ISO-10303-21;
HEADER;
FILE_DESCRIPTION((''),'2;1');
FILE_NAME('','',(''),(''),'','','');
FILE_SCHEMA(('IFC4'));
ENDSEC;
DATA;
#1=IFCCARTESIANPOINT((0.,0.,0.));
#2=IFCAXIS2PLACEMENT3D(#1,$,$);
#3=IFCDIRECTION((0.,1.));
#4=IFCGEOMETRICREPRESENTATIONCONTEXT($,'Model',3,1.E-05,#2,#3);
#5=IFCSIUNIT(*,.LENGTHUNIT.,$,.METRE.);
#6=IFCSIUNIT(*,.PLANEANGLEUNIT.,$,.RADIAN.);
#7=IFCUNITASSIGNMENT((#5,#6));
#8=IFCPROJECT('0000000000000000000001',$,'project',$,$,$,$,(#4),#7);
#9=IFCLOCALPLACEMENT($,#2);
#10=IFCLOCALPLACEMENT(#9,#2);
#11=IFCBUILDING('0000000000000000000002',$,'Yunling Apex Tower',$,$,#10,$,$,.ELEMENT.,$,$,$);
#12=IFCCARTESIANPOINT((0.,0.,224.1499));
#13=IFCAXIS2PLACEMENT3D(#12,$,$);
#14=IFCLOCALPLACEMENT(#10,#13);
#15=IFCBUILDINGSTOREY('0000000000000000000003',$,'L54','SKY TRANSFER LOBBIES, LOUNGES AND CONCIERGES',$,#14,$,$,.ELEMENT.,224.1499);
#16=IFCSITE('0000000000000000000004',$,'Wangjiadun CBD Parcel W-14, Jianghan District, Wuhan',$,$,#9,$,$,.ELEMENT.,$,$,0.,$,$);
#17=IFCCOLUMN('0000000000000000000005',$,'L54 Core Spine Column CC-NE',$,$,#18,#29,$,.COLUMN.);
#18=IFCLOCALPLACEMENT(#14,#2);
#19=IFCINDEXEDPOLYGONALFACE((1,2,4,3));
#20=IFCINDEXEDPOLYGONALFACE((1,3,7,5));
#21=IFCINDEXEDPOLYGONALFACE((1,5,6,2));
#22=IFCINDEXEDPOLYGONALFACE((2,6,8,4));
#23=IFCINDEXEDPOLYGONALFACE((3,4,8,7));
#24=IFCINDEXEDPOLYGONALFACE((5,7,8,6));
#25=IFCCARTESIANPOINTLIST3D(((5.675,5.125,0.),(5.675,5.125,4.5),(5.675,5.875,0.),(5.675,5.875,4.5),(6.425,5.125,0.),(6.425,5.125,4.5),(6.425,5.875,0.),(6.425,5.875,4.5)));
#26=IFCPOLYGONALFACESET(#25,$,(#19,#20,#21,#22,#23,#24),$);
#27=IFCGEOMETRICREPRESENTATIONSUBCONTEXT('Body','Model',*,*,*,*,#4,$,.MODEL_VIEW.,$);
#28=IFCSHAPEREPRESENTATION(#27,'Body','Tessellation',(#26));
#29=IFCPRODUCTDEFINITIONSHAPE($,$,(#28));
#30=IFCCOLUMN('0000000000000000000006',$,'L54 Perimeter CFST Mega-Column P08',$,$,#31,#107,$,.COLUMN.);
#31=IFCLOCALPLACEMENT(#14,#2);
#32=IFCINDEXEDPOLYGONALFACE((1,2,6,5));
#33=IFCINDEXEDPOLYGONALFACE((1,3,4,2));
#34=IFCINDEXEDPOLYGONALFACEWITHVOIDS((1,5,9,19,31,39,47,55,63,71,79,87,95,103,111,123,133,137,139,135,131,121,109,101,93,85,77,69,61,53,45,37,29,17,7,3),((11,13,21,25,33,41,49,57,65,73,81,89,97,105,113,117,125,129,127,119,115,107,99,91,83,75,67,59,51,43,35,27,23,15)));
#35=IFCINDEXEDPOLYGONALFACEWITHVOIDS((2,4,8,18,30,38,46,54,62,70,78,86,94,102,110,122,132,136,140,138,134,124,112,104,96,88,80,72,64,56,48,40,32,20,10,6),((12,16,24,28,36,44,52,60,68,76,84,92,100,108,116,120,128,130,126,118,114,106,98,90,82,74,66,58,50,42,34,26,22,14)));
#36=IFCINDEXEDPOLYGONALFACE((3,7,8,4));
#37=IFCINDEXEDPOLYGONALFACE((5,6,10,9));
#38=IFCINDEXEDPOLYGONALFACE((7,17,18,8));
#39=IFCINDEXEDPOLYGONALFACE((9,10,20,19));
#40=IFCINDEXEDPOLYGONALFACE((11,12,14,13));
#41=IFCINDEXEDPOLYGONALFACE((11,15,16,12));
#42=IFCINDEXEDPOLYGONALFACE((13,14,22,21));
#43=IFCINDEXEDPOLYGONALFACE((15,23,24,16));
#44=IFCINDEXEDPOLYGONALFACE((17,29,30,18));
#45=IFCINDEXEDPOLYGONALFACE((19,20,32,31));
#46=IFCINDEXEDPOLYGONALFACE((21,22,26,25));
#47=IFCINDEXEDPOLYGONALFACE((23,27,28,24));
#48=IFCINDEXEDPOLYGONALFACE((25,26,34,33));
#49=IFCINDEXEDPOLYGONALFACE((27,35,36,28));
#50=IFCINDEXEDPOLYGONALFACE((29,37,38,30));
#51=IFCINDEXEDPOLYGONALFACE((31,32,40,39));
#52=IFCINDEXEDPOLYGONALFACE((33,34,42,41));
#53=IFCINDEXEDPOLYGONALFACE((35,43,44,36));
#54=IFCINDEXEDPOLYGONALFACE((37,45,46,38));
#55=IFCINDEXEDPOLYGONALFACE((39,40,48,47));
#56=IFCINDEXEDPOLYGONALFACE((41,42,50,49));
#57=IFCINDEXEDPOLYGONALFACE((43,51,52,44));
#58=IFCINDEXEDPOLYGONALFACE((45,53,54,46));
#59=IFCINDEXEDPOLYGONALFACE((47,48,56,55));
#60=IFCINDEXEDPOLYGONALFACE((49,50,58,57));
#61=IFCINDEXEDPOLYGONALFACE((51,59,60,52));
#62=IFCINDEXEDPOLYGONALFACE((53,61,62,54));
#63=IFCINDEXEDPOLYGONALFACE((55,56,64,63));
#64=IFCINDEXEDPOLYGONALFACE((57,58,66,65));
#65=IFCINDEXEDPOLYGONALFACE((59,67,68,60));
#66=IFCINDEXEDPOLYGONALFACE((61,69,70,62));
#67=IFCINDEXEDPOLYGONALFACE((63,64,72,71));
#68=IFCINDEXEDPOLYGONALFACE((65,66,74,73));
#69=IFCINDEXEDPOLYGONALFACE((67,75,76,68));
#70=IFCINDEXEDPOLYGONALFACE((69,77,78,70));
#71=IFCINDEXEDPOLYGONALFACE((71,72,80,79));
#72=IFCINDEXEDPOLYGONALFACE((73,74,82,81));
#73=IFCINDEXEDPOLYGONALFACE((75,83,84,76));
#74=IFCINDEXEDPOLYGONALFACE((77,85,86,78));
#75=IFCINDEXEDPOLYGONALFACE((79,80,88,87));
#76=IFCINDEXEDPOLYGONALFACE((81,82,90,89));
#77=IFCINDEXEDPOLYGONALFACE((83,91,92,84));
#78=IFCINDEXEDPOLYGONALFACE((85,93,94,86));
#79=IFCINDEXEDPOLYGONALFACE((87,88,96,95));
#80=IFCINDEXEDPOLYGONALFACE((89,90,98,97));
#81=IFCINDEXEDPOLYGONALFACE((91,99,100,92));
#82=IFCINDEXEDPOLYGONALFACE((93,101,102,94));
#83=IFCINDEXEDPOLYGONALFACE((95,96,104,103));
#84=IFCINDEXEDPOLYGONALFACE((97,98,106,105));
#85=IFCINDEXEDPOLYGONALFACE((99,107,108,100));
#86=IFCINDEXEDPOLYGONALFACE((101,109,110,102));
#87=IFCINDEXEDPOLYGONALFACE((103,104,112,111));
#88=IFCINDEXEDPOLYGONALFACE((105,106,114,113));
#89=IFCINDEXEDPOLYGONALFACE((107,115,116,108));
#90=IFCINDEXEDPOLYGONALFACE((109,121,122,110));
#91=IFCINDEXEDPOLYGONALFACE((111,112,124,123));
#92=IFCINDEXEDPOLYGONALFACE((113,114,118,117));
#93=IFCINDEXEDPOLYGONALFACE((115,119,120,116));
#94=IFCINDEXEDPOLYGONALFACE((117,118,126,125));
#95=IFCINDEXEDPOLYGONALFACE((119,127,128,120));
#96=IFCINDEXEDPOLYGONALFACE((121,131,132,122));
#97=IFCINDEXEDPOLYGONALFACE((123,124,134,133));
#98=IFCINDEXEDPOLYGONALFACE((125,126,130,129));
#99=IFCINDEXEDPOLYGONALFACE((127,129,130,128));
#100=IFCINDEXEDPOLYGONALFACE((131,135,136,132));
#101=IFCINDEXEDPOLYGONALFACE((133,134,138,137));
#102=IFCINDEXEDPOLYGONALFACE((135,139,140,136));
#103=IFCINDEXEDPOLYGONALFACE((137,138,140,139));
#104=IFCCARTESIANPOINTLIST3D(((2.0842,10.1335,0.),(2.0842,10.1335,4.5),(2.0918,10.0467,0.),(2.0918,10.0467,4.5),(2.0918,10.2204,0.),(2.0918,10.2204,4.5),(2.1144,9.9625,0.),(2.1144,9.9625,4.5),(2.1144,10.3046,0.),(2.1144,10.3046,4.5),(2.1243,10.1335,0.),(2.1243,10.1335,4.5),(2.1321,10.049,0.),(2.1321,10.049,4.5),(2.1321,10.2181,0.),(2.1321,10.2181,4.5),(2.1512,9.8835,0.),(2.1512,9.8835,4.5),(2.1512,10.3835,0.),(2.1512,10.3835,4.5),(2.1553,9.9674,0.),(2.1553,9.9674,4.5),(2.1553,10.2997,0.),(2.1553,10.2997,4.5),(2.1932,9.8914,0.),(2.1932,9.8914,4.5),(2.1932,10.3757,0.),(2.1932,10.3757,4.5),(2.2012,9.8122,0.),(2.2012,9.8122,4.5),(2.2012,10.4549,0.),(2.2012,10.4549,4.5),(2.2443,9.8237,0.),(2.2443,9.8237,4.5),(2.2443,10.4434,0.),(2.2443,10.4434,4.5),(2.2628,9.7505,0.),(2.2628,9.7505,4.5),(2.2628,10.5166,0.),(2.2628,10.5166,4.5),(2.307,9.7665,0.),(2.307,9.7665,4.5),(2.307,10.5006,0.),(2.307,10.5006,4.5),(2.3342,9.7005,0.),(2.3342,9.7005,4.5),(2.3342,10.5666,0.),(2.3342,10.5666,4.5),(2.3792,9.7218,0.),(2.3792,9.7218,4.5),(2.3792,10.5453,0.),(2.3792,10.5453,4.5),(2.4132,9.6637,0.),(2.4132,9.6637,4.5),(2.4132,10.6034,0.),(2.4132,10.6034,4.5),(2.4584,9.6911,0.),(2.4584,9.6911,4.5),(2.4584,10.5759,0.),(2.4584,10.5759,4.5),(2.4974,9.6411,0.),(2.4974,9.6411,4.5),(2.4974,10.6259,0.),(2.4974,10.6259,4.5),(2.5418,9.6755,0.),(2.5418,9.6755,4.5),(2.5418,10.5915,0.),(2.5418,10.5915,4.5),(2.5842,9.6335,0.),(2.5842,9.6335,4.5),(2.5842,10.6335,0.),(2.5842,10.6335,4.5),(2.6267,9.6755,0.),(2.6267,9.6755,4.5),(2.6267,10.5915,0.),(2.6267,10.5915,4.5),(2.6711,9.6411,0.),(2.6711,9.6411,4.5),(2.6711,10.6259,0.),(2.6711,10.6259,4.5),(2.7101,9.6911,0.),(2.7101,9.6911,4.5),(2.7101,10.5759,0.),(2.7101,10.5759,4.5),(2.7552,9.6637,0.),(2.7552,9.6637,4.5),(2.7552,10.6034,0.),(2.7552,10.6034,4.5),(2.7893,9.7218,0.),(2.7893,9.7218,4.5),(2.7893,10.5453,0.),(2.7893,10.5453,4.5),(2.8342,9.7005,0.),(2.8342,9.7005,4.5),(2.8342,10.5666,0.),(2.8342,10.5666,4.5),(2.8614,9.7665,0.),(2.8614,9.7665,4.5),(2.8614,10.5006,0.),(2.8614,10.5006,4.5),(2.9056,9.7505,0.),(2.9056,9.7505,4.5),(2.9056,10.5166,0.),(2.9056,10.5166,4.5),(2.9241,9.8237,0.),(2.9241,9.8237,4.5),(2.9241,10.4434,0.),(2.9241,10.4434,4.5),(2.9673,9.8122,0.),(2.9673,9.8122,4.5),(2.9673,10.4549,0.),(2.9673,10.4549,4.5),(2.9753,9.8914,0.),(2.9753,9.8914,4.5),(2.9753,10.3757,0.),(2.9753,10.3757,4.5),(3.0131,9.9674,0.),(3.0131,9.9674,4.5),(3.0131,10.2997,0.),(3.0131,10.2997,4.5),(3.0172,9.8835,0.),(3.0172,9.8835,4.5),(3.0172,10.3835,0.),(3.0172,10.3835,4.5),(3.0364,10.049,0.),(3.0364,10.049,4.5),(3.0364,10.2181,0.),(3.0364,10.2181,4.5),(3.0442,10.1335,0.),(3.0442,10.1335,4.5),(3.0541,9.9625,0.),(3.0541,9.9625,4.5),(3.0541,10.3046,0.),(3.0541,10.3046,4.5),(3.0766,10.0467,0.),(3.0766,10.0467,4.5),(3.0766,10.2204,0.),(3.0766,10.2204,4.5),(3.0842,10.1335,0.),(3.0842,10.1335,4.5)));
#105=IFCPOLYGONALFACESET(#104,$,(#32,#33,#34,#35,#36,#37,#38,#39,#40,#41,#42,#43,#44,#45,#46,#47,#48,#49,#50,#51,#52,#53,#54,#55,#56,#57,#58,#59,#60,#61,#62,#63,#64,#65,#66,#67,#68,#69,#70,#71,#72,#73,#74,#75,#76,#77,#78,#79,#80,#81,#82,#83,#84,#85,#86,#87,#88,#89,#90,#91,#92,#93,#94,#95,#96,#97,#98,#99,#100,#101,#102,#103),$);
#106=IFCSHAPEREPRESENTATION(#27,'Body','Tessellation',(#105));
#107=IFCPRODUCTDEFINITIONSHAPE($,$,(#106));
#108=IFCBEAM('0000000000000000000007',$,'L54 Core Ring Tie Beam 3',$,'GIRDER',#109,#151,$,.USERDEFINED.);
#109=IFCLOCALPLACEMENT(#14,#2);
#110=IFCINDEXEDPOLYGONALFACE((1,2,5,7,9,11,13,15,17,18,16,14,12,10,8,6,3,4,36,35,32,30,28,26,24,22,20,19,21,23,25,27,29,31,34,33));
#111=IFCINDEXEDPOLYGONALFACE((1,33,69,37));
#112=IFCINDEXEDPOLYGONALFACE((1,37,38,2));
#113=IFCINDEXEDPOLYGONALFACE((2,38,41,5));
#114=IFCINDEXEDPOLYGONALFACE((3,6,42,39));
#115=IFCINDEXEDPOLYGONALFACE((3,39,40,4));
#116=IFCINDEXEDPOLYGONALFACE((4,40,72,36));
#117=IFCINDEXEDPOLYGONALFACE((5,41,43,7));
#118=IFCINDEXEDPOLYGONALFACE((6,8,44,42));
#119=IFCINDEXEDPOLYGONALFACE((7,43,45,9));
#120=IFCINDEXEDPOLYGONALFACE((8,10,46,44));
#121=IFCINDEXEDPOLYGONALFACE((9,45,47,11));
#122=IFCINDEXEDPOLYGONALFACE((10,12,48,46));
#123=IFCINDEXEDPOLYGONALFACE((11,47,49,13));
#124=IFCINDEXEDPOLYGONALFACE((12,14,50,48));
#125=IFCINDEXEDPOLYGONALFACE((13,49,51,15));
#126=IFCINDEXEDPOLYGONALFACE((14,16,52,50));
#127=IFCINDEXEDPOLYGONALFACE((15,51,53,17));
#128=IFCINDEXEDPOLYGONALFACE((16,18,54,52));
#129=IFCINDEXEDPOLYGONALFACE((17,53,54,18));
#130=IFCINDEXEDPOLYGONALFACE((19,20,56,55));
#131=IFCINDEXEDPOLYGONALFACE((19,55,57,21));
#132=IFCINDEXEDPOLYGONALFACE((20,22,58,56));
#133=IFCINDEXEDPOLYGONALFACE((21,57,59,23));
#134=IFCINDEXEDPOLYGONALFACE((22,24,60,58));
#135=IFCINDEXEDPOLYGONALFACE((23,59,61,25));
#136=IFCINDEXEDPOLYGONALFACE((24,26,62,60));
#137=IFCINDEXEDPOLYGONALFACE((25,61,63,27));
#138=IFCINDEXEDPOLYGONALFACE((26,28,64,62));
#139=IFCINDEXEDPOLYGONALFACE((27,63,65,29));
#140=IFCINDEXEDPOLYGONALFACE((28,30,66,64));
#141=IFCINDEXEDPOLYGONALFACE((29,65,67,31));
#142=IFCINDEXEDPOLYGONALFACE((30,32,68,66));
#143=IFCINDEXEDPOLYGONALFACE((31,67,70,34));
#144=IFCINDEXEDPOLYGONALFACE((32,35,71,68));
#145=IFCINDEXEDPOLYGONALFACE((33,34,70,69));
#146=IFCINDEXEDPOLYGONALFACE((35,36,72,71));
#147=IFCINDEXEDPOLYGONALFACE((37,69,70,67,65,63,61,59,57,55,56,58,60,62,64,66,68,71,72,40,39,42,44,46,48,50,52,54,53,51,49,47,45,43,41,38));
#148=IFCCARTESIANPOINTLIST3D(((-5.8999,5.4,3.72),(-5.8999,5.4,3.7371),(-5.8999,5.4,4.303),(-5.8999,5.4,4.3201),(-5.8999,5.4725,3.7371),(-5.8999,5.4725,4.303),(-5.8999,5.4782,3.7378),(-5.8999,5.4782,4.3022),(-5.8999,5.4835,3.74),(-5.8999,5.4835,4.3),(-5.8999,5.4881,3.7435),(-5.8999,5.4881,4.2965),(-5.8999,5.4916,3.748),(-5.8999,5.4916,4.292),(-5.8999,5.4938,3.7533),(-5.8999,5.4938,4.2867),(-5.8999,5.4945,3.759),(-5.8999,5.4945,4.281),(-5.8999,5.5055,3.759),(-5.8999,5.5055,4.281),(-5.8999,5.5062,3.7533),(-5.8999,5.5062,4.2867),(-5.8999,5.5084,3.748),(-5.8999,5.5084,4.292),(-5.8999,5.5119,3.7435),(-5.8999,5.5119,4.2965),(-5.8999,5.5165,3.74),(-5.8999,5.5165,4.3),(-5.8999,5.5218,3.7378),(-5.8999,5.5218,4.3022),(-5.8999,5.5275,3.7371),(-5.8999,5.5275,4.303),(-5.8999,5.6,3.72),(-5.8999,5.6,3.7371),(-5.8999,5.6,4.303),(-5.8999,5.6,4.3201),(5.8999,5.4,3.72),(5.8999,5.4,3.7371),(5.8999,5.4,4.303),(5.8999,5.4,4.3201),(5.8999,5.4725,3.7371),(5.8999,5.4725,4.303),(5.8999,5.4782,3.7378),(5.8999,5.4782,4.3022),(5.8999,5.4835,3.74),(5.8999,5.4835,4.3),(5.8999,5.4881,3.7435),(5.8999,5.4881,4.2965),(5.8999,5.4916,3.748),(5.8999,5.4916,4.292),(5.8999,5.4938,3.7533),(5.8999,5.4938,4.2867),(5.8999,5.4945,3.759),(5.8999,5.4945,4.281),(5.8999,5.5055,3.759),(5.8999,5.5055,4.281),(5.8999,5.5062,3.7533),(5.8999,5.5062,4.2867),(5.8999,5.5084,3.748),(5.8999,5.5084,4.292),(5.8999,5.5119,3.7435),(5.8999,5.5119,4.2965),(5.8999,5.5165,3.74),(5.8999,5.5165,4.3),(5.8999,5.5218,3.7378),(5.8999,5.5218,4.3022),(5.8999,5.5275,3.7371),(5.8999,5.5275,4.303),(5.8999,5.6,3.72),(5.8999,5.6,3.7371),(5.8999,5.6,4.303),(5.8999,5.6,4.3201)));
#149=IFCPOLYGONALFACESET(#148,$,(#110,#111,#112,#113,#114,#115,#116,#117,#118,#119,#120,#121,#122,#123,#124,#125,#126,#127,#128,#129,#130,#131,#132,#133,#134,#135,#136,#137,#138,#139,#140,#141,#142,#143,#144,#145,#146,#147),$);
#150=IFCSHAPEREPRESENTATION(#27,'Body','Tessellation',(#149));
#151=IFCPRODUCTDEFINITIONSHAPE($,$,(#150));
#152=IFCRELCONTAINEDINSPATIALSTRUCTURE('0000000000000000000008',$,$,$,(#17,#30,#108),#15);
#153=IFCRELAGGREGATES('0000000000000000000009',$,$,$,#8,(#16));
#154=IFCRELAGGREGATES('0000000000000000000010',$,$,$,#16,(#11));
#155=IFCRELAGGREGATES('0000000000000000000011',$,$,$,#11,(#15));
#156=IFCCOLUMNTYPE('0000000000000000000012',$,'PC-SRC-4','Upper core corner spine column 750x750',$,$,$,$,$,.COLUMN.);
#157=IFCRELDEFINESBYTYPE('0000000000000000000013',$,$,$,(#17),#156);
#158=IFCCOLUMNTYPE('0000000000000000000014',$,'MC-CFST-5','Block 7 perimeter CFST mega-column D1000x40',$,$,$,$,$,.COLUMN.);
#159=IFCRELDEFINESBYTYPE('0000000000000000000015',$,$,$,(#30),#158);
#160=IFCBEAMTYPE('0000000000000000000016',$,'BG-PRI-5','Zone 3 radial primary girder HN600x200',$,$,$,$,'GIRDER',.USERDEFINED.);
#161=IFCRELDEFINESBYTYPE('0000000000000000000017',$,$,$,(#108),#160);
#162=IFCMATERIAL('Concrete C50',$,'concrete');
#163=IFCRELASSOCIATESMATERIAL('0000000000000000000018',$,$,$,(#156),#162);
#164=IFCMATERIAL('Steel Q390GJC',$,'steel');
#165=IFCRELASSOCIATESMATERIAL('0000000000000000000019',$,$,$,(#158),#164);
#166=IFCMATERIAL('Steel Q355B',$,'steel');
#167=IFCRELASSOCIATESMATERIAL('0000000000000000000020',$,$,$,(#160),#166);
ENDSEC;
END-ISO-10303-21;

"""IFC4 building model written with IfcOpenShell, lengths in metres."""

from ifc_helpers import new_model, si_unit, direction, frame, origin, origin_2d, place, context, subcontext, project, spatial, rectangle, hollow_circle, i_section, extrude, source, transform, mapped, material, material_profile, profile_set, type_object, element, save


model = new_model("IFC4")

# Units and contexts
model_context = context("Model", 3, precision=1e-05, world=origin(), true_north=direction((0.0, 1.0)))
body_context = subcontext(model_context, "Body", "Model", "MODEL_VIEW")
ifc_project = project(units=[si_unit("LENGTHUNIT", "METRE"), si_unit("PLANEANGLEUNIT", "RADIAN")], contexts=[model_context])

# Site, building, storey
site_placement = place(None, origin())
site = spatial("IfcSite", under=ifc_project, at=site_placement, Name="Wangjiadun CBD Parcel W-14, Jianghan District, Wuhan", CompositionType="ELEMENT", RefElevation=0.0)
building_placement = place(site_placement, origin())
building = spatial("IfcBuilding", under=site, at=building_placement, Name="Yunling Apex Tower", CompositionType="ELEMENT")
storey_placement = place(building_placement, frame((0.0, 0.0, 224.1499)))
storey = spatial("IfcBuildingStorey", under=building, at=storey_placement, Name="L54", Description="SKY TRANSFER LOBBIES, LOUNGES AND CONCIERGES", CompositionType="ELEMENT", Elevation=224.1499)

# Columns
ifc_material_1 = material(Name="Concrete C50", Category="concrete")
ifc_material_profile_1 = material_profile(ifc_material_1, rectangle(XDim=0.75, YDim=0.75, at=origin_2d()))
ifc_profile_set_1 = profile_set([ifc_material_profile_1], Name="Concrete C50")
column_type_1 = type_object("IfcColumnType", Name="PC-SRC-4", Description="Upper core corner spine column 750x750", PredefinedType="COLUMN", material=ifc_profile_set_1)
shared_shape_1 = source(origin(), body_context, "Body", "SweptSolid", [
    extrude(rectangle(XDim=0.75, YDim=0.75, at=origin_2d()), origin(), (0.0, 0.0, 1.0), 4.5),
])
column_1_placement = place(storey_placement, frame((6.05, 5.5, 0.0), z_axis=(0.0, 0.0, 1.0), x_axis=(1.0, 0.0, 0.0)))
element("IfcColumn", 1, at=column_1_placement, inside=storey, type_object=column_type_1, Name="L54 Core Spine Column CC-NE", PredefinedType="COLUMN", context=body_context, shape_type="MappedRepresentation", body=[
    mapped(shared_shape_1, transform((0.0, 0.0, 0.0), scale=1.0)),
])
ifc_material_2 = material(Name="Steel Q390GJC", Category="steel")
ifc_material_profile_2 = material_profile(ifc_material_2, hollow_circle(Radius=0.5, WallThickness=0.04, at=origin_2d()))
ifc_profile_set_2 = profile_set([ifc_material_profile_2], Name="Steel Q390GJC")
column_type_2 = type_object("IfcColumnType", Name="MC-CFST-5", Description="Block 7 perimeter CFST mega-column D1000x40", PredefinedType="COLUMN", material=ifc_profile_set_2)
shared_shape_2 = source(origin(), body_context, "Body", "SweptSolid", [
    extrude(hollow_circle(Radius=0.5, WallThickness=0.04, at=origin_2d()), origin(), (0.0, 0.0, 1.0), 4.5),
])
column_2_placement = place(storey_placement, frame((2.5842, 10.1335, 0.0), z_axis=(0.0, 0.0, 1.0), x_axis=(1.0, 0.0, 0.0)))
element("IfcColumn", 2, at=column_2_placement, inside=storey, type_object=column_type_2, Name="L54 Perimeter CFST Mega-Column P08", PredefinedType="COLUMN", context=body_context, shape_type="MappedRepresentation", body=[
    mapped(shared_shape_2, transform((0.0, 0.0, 0.0), scale=1.0)),
])

# Beam
ifc_material_3 = material(Name="Steel Q355B", Category="steel")
ifc_material_profile_3 = material_profile(ifc_material_3, i_section(OverallWidth=0.2, OverallDepth=0.6001, WebThickness=0.011, FlangeThickness=0.0171, FilletRadius=0.022, at=origin_2d()))
ifc_profile_set_3 = profile_set([ifc_material_profile_3], Name="Steel Q355B")
beam_type_1 = type_object("IfcBeamType", Name="BG-PRI-5", Description="Zone 3 radial primary girder HN600x200", ElementType="GIRDER", PredefinedType="USERDEFINED", material=ifc_profile_set_3)
shared_shape_3 = source(origin(), body_context, "Body", "SweptSolid", [
    extrude(i_section(OverallWidth=0.2, OverallDepth=0.6001, WebThickness=0.011, FlangeThickness=0.0171, FilletRadius=0.022, at=origin_2d()), origin(), (0.0, 0.0, 1.0), 11.7998),
])
beam_1_placement = place(storey_placement, frame((5.8999, 5.5, 4.02), z_axis=(-1.0, 0.0, 0.0), x_axis=(0.0, -1.0, 0.0)))
element("IfcBeam", 3, at=beam_1_placement, inside=storey, type_object=beam_type_1, Name="L54 Core Ring Tie Beam 3", ObjectType="GIRDER", PredefinedType="USERDEFINED", context=body_context, shape_type="MappedRepresentation", body=[
    mapped(shared_shape_3, transform((0.0, 0.0, 0.0), scale=1.0)),
])

save(model, "model.ifc")
